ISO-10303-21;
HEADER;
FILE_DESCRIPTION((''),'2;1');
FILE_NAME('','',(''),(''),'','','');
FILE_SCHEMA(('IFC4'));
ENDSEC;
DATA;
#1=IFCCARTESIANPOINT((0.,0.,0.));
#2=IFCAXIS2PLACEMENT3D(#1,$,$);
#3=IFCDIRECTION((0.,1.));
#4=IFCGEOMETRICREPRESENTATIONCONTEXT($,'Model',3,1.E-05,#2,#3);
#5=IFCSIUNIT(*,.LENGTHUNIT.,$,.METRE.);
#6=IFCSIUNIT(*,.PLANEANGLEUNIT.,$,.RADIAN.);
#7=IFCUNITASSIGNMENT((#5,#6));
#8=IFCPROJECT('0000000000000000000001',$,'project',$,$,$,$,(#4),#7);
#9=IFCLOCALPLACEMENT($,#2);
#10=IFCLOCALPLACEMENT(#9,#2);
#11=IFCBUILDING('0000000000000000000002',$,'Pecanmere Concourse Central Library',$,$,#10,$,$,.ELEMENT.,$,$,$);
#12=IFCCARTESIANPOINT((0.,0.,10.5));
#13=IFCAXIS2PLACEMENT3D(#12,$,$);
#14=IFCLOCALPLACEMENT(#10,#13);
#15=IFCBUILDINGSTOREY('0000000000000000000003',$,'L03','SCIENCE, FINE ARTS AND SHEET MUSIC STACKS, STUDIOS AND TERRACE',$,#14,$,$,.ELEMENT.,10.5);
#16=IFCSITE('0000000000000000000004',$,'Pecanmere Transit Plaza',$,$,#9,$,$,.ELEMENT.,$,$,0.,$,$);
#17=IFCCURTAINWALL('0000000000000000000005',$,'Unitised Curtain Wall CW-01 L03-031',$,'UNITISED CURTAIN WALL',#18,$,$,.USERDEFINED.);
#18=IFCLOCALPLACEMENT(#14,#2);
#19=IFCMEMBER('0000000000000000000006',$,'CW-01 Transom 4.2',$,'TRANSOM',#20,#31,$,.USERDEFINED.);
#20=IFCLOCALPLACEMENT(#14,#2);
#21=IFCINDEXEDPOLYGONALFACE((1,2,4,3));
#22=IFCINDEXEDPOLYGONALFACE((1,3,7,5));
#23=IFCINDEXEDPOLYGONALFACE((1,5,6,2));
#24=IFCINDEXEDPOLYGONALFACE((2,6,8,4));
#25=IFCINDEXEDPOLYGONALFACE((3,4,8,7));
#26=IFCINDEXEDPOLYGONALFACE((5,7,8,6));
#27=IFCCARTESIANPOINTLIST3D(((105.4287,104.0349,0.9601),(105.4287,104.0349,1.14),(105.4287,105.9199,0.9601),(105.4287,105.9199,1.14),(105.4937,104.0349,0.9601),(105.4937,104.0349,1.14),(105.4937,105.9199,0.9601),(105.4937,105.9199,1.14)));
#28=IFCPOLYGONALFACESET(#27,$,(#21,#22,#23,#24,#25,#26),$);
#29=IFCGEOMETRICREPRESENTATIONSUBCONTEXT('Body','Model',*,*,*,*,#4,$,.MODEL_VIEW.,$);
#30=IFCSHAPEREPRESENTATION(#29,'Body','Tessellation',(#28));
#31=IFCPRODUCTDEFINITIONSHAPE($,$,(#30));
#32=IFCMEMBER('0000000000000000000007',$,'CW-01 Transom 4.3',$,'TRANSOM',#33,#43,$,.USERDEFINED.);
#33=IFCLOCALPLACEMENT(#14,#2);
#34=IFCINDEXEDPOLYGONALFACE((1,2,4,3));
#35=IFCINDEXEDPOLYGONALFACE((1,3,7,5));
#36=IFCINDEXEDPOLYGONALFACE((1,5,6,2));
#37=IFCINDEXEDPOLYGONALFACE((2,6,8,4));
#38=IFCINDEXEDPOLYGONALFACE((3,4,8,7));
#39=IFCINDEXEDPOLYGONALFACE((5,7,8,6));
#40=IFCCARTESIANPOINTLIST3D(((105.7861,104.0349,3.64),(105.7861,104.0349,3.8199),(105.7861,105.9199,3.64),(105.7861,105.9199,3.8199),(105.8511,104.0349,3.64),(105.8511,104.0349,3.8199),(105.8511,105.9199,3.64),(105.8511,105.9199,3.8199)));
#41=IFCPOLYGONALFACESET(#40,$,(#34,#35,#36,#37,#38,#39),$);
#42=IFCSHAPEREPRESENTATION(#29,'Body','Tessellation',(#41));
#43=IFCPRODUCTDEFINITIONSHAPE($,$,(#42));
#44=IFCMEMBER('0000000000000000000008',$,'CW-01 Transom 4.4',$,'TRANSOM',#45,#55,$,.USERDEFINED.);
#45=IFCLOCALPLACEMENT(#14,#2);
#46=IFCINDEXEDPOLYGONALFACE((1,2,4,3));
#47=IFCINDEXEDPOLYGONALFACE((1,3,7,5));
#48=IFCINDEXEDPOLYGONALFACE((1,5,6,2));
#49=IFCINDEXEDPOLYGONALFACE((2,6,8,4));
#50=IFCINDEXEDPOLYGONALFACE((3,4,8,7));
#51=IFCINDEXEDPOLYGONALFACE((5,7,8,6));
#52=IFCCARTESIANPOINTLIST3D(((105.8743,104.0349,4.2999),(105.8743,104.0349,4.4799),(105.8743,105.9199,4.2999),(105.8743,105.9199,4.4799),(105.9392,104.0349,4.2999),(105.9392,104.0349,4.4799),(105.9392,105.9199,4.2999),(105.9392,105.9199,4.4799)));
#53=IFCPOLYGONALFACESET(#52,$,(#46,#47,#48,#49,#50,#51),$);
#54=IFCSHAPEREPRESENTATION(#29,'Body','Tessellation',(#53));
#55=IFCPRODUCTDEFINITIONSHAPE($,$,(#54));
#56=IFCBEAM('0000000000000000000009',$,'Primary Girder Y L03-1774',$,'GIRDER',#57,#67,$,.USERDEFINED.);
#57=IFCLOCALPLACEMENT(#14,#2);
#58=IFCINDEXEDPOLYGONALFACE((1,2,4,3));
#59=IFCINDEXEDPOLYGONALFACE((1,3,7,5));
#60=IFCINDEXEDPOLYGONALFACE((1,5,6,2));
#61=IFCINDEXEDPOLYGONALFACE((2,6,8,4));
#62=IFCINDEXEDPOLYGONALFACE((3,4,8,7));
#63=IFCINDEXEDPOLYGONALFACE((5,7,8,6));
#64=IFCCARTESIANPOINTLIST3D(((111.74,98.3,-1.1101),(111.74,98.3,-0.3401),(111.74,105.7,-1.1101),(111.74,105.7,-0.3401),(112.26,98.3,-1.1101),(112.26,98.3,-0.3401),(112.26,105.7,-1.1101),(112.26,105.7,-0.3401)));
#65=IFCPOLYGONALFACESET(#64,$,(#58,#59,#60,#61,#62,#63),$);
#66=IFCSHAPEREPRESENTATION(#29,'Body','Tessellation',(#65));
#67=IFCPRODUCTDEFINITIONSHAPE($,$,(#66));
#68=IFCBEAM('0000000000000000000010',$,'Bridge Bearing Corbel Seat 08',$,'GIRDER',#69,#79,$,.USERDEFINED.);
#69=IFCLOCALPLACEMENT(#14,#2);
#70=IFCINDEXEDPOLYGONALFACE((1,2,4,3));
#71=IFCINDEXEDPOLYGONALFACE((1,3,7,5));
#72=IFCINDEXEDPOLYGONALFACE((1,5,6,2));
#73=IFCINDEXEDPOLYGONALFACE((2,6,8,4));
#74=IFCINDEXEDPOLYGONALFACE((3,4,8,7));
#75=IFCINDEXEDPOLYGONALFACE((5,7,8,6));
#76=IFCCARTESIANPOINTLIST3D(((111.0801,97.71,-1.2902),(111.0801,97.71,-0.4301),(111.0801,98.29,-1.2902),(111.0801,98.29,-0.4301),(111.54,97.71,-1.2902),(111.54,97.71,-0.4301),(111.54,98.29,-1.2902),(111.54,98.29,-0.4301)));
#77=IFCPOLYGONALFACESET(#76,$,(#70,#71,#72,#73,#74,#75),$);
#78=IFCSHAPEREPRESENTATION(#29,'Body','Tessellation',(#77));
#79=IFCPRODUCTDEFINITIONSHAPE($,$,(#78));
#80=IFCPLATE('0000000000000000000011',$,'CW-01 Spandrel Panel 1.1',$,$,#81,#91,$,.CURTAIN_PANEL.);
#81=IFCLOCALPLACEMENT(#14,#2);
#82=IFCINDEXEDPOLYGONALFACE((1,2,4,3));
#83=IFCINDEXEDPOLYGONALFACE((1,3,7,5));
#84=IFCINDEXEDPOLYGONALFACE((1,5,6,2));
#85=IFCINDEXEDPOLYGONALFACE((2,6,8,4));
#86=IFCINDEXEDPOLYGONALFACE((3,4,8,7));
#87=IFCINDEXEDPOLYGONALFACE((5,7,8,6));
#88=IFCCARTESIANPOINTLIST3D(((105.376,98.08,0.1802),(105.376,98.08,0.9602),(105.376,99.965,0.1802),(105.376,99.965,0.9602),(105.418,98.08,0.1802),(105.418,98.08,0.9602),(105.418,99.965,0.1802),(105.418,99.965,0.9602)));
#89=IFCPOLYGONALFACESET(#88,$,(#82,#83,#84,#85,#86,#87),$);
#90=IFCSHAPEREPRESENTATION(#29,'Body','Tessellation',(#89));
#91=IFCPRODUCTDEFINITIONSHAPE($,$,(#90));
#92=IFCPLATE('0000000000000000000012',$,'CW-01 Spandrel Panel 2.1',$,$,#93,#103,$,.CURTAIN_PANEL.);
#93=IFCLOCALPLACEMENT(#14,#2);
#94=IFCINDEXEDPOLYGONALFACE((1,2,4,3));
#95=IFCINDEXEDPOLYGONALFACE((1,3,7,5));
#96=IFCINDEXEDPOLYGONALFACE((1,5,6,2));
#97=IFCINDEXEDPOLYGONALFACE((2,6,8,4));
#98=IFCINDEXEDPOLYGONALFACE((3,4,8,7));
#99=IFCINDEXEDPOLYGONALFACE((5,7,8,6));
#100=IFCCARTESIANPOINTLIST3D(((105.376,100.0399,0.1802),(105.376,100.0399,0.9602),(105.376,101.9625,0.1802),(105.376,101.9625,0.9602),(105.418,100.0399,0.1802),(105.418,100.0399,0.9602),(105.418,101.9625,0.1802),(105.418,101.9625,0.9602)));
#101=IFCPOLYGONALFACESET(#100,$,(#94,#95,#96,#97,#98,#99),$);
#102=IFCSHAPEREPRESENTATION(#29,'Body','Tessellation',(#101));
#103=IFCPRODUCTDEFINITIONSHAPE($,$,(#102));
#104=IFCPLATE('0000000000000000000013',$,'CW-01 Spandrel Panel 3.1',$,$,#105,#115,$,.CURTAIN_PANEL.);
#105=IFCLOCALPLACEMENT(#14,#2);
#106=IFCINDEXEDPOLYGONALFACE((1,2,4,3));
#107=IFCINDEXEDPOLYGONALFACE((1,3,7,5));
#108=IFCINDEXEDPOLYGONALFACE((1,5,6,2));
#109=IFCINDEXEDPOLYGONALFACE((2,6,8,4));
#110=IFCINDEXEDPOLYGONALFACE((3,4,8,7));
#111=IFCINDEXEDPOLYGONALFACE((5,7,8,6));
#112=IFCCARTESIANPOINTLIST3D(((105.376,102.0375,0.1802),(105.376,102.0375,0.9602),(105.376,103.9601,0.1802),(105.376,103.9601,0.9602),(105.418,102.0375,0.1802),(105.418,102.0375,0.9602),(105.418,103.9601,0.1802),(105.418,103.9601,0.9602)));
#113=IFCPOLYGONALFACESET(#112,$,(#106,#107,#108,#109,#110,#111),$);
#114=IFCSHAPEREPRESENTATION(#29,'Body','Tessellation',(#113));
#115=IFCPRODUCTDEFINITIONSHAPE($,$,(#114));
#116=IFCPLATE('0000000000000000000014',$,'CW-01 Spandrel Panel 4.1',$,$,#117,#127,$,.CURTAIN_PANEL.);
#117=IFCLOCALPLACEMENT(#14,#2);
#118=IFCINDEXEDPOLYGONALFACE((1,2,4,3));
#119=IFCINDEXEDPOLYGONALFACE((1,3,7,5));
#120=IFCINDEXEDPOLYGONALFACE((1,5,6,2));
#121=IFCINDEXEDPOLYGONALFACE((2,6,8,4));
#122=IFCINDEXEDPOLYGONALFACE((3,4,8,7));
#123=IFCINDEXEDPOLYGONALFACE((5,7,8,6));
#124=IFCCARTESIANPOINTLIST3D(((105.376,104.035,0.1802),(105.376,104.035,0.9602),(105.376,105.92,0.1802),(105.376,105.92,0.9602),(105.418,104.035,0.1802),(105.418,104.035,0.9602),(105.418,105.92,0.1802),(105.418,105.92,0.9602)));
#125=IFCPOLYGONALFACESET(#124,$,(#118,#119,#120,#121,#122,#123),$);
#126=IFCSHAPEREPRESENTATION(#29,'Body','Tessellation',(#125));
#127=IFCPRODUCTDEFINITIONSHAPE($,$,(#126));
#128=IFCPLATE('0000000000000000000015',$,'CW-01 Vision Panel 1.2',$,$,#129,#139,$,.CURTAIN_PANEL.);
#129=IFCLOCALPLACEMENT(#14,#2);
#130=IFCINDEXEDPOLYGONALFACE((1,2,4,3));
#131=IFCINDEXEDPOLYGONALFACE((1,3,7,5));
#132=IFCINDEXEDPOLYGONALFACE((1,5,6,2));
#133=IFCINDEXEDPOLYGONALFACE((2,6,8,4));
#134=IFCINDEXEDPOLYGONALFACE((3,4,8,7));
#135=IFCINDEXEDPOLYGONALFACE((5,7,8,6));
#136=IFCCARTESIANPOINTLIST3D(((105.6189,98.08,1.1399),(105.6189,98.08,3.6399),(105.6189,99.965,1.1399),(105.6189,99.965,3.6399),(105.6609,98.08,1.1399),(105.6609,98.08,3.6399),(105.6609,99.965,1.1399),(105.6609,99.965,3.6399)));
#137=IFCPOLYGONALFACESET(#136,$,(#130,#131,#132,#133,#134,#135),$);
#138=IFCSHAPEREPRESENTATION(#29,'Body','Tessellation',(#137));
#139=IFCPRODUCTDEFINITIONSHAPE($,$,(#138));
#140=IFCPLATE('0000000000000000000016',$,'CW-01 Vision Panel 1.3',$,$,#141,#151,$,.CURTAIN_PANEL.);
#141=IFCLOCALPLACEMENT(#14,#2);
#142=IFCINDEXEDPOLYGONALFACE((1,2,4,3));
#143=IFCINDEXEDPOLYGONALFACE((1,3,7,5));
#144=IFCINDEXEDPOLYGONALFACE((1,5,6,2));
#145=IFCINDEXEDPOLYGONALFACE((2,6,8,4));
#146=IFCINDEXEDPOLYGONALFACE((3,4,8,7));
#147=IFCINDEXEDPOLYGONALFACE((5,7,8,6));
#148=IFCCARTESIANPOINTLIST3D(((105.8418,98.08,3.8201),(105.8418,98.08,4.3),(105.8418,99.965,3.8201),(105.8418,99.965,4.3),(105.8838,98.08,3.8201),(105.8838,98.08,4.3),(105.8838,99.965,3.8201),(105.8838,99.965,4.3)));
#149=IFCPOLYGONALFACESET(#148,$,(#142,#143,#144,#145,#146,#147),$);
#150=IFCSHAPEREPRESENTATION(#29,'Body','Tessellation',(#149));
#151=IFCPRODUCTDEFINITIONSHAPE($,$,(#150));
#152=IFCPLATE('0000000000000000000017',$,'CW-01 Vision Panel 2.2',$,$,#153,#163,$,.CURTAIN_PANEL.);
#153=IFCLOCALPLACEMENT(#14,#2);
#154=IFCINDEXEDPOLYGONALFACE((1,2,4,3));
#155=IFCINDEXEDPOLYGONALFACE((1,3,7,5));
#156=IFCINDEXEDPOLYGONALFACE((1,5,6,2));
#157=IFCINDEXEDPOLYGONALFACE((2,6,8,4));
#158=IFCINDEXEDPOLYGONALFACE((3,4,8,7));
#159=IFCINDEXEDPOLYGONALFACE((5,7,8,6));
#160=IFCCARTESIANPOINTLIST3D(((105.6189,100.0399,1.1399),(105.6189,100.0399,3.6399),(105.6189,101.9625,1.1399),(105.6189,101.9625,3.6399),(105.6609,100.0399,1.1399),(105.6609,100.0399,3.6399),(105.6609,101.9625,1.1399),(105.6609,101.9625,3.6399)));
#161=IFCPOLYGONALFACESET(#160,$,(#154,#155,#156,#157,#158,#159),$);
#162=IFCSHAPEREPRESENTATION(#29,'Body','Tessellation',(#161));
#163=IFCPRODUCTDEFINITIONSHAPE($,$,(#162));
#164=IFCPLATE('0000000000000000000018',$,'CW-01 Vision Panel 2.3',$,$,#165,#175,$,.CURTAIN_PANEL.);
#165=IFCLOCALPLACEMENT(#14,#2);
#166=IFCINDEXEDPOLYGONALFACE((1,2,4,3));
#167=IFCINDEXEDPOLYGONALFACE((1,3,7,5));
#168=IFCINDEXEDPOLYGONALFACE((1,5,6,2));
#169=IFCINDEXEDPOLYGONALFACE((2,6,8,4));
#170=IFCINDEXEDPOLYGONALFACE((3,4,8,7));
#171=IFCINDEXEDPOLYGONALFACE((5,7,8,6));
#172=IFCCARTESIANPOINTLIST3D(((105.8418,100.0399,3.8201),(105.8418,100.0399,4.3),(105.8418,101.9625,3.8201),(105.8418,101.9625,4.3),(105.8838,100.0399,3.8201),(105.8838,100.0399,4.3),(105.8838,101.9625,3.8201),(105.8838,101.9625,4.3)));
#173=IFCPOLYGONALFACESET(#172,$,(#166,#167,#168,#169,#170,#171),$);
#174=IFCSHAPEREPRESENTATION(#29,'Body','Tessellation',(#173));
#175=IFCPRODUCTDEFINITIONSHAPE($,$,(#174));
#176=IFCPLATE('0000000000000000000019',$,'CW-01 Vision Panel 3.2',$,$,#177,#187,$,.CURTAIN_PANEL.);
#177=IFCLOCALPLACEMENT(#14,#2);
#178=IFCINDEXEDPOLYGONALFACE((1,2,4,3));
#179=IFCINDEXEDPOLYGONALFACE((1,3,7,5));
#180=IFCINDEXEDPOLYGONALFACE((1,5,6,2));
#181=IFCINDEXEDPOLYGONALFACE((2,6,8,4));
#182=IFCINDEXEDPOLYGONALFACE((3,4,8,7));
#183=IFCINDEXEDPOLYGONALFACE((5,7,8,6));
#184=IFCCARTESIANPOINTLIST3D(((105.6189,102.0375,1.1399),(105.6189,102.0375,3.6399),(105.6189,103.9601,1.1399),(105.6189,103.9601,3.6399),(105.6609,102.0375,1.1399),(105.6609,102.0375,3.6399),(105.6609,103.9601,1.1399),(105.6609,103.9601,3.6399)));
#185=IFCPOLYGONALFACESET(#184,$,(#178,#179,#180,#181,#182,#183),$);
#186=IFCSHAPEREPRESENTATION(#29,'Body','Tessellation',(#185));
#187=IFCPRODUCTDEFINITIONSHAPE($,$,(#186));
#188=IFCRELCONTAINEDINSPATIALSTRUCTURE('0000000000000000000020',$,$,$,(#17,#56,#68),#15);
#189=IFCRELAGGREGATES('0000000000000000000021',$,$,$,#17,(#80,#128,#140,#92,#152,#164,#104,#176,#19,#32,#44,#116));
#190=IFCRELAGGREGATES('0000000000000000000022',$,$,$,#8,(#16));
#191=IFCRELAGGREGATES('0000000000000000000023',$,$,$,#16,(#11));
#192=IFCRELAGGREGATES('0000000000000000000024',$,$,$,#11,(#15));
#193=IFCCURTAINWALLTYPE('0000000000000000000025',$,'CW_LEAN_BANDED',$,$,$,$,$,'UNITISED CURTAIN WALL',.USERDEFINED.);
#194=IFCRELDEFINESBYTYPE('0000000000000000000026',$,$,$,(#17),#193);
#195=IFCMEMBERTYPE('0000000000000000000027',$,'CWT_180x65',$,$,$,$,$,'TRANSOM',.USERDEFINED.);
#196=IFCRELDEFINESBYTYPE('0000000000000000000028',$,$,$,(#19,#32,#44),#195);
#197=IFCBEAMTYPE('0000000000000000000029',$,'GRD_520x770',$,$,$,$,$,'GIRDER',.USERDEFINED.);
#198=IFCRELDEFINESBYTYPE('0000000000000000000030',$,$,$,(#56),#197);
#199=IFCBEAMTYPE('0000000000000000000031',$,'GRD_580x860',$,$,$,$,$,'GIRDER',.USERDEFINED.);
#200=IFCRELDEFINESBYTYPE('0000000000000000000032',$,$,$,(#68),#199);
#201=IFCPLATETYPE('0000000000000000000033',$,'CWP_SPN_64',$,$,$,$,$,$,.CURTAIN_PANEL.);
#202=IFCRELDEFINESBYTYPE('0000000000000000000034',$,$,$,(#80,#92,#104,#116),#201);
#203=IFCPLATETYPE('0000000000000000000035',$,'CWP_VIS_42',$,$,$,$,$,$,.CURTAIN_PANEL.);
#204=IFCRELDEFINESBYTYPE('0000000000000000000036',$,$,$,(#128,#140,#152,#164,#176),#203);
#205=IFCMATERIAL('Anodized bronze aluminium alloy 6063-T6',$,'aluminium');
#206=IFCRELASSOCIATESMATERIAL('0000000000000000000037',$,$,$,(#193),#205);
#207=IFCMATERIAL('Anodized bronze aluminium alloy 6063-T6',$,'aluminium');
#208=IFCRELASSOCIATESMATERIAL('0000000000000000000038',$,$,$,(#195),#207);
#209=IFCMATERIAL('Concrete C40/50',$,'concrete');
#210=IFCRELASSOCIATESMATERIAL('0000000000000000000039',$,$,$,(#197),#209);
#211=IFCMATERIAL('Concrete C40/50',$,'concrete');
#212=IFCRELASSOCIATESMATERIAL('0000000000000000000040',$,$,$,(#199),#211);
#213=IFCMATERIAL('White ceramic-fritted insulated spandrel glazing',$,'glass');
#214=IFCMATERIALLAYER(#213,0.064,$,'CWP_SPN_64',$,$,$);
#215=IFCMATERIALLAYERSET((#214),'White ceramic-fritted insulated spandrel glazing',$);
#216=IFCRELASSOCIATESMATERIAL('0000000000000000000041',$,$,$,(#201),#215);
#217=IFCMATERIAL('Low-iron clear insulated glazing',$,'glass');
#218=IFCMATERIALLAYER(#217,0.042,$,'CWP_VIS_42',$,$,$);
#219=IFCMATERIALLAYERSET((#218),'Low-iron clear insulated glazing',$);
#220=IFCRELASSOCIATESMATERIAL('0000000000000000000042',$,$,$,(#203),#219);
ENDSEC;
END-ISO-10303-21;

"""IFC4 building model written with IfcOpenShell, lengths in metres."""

from ifc_helpers import new_model, si_unit, direction, frame, origin, origin_2d, place, context, subcontext, project, spatial, rectangle, extrude, material, layer, layer_set, material_profile, profile_set, type_object, element, aggregate, save


model = new_model("IFC4")

# Units and contexts
model_context = context("Model", 3, precision=1e-05, world=origin(), true_north=direction((0.0, 1.0)))
body_context = subcontext(model_context, "Body", "Model", "MODEL_VIEW")
ifc_project = project(units=[si_unit("LENGTHUNIT", "METRE"), si_unit("PLANEANGLEUNIT", "RADIAN")], contexts=[model_context])

# Site, building, storey
site_placement = place(None, origin())
site = spatial("IfcSite", under=ifc_project, at=site_placement, Name="Pecanmere Transit Plaza", CompositionType="ELEMENT", RefElevation=0.0)
building_placement = place(site_placement, origin())
building = spatial("IfcBuilding", under=site, at=building_placement, Name="Pecanmere Concourse Central Library", CompositionType="ELEMENT")
storey_placement = place(building_placement, frame((0.0, 0.0, 10.5)))
storey = spatial("IfcBuildingStorey", under=building, at=storey_placement, Name="L03", Description="SCIENCE, FINE ARTS AND SHEET MUSIC STACKS, STUDIOS AND TERRACE", CompositionType="ELEMENT", Elevation=10.5)

# Curtain wall, members
ifc_material_1 = material(Name="Anodized bronze aluminium alloy 6063-T6", Category="aluminium")
curtain_wall_type = type_object("IfcCurtainWallType", Name="CW_LEAN_BANDED", ElementType="UNITISED CURTAIN WALL", PredefinedType="USERDEFINED", material=ifc_material_1)
curtain_wall_placement = place(storey_placement, origin())
curtain_wall = element("IfcCurtainWall", 1, at=curtain_wall_placement, inside=storey, type_object=curtain_wall_type, Name="Unitised Curtain Wall CW-01 L03-031", ObjectType="UNITISED CURTAIN WALL", PredefinedType="USERDEFINED")
ifc_material_2 = material(Name="Anodized bronze aluminium alloy 6063-T6", Category="aluminium")
ifc_material_profile_1 = material_profile(ifc_material_2, rectangle(XDim=0.0649, YDim=0.1799, at=origin_2d()), Name="AL 65x180")
ifc_profile_set_1 = profile_set([ifc_material_profile_1], Name="Anodized bronze aluminium alloy 6063-T6")
member_type = type_object("IfcMemberType", Name="CWT_180x65", ElementType="TRANSOM", PredefinedType="USERDEFINED", material=ifc_profile_set_1)
member_1_placement = place(storey_placement, frame((105.4612, 104.0349, 1.05), z_axis=(0.0, 1.0, 0.0), x_axis=(-1.0, 0.0, 0.0)))
member_1 = element("IfcMember", 2, at=member_1_placement, type_object=member_type, Name="CW-01 Transom 4.2", ObjectType="TRANSOM", PredefinedType="USERDEFINED", context=body_context, shape_type="SweptSolid", body=[
    extrude(rectangle(XDim=0.0649, YDim=0.1799, at=origin_2d()), origin(), (0.0, 0.0, 1.0), 1.885),
])
member_2_placement = place(storey_placement, frame((105.8186, 104.0349, 3.73), z_axis=(0.0, 1.0, 0.0), x_axis=(-1.0, 0.0, 0.0)))
member_2 = element("IfcMember", 3, at=member_2_placement, type_object=member_type, Name="CW-01 Transom 4.3", ObjectType="TRANSOM", PredefinedType="USERDEFINED", context=body_context, shape_type="SweptSolid", body=[
    extrude(rectangle(XDim=0.0649, YDim=0.1799, at=origin_2d()), origin(), (0.0, 0.0, 1.0), 1.885),
])
member_3_placement = place(storey_placement, frame((105.9067, 104.0349, 4.3899), z_axis=(0.0, 1.0, 0.0), x_axis=(-1.0, 0.0, 0.0)))
member_3 = element("IfcMember", 4, at=member_3_placement, type_object=member_type, Name="CW-01 Transom 4.4", ObjectType="TRANSOM", PredefinedType="USERDEFINED", context=body_context, shape_type="SweptSolid", body=[
    extrude(rectangle(XDim=0.0649, YDim=0.1799, at=origin_2d()), origin(), (0.0, 0.0, 1.0), 1.885),
])

# Beams
ifc_material_3 = material(Name="Concrete C40/50", Category="concrete")
ifc_material_profile_2 = material_profile(ifc_material_3, rectangle(XDim=0.52, YDim=0.77, at=origin_2d()), Name="RC 520x770")
ifc_profile_set_2 = profile_set([ifc_material_profile_2], Name="Concrete C40/50")
beam_type_1 = type_object("IfcBeamType", Name="GRD_520x770", ElementType="GIRDER", PredefinedType="USERDEFINED", material=ifc_profile_set_2)
beam_1_placement = place(storey_placement, frame((112.0, 98.3, -0.7251), z_axis=(0.0, 1.0, 0.0), x_axis=(-1.0, 0.0, 0.0)))
element("IfcBeam", 5, at=beam_1_placement, inside=storey, type_object=beam_type_1, Name="Primary Girder Y L03-1774", ObjectType="GIRDER", PredefinedType="USERDEFINED", context=body_context, shape_type="SweptSolid", body=[
    extrude(rectangle(XDim=0.52, YDim=0.77, at=origin_2d()), origin(), (0.0, 0.0, 1.0), 7.3999),
])
ifc_material_4 = material(Name="Concrete C40/50", Category="concrete")
ifc_material_profile_3 = material_profile(ifc_material_4, rectangle(XDim=0.5801, YDim=0.8601, at=origin_2d()), Name="RC 580x860")
ifc_profile_set_3 = profile_set([ifc_material_profile_3], Name="Concrete C40/50")
beam_type_2 = type_object("IfcBeamType", Name="GRD_580x860", ElementType="GIRDER", PredefinedType="USERDEFINED", material=ifc_profile_set_3)
beam_2_placement = place(storey_placement, frame((111.54, 98.0, -0.8601), z_axis=(-1.0, 0.0, 0.0), x_axis=(0.0, -1.0, 0.0)))
element("IfcBeam", 6, at=beam_2_placement, inside=storey, type_object=beam_type_2, Name="Bridge Bearing Corbel Seat 08", ObjectType="GIRDER", PredefinedType="USERDEFINED", context=body_context, shape_type="SweptSolid", body=[
    extrude(rectangle(XDim=0.5801, YDim=0.8601, at=origin_2d()), origin(), (0.0, 0.0, 1.0), 0.46),
])

# Plates
ifc_material_5 = material(Name="White ceramic-fritted insulated spandrel glazing", Category="glass")
ifc_layer_1 = layer(ifc_material_5, 0.064, Name="CWP_SPN_64")
ifc_layer_set_1 = layer_set([ifc_layer_1], Name="White ceramic-fritted insulated spandrel glazing")
plate_type_1 = type_object("IfcPlateType", Name="CWP_SPN_64", PredefinedType="CURTAIN_PANEL", material=ifc_layer_set_1)
plate_1_placement = place(storey_placement, frame((105.397, 99.0225, 0.1802), z_axis=(0.0, 0.0, 1.0), x_axis=(0.0, 1.0, 0.0)))
plate_1 = element("IfcPlate", 7, at=plate_1_placement, type_object=plate_type_1, Name="CW-01 Spandrel Panel 1.1", PredefinedType="CURTAIN_PANEL", context=body_context, shape_type="SweptSolid", body=[
    extrude(rectangle(XDim=1.885, YDim=0.042, at=origin_2d()), origin(), (0.0, 0.0, 1.0), 0.78),
])
plate_2_placement = place(storey_placement, frame((105.397, 101.0012, 0.1802), z_axis=(0.0, 0.0, 1.0), x_axis=(0.0, 1.0, 0.0)))
plate_2 = element("IfcPlate", 8, at=plate_2_placement, type_object=plate_type_1, Name="CW-01 Spandrel Panel 2.1", PredefinedType="CURTAIN_PANEL", context=body_context, shape_type="SweptSolid", body=[
    extrude(rectangle(XDim=1.9226, YDim=0.042, at=origin_2d()), origin(), (0.0, 0.0, 1.0), 0.78),
])
plate_3_placement = place(storey_placement, frame((105.397, 102.9988, 0.1802), z_axis=(0.0, 0.0, 1.0), x_axis=(0.0, 1.0, 0.0)))
plate_3 = element("IfcPlate", 9, at=plate_3_placement, type_object=plate_type_1, Name="CW-01 Spandrel Panel 3.1", PredefinedType="CURTAIN_PANEL", context=body_context, shape_type="SweptSolid", body=[
    extrude(rectangle(XDim=1.9226, YDim=0.042, at=origin_2d()), origin(), (0.0, 0.0, 1.0), 0.78),
])
plate_4_placement = place(storey_placement, frame((105.397, 104.9775, 0.1802), z_axis=(0.0, 0.0, 1.0), x_axis=(0.0, 1.0, 0.0)))
plate_4 = element("IfcPlate", 10, at=plate_4_placement, type_object=plate_type_1, Name="CW-01 Spandrel Panel 4.1", PredefinedType="CURTAIN_PANEL", context=body_context, shape_type="SweptSolid", body=[
    extrude(rectangle(XDim=1.885, YDim=0.042, at=origin_2d()), origin(), (0.0, 0.0, 1.0), 0.78),
])
ifc_material_6 = material(Name="Low-iron clear insulated glazing", Category="glass")
ifc_layer_2 = layer(ifc_material_6, 0.042, Name="CWP_VIS_42")
ifc_layer_set_2 = layer_set([ifc_layer_2], Name="Low-iron clear insulated glazing")
plate_type_2 = type_object("IfcPlateType", Name="CWP_VIS_42", PredefinedType="CURTAIN_PANEL", material=ifc_layer_set_2)
plate_5_placement = place(storey_placement, frame((105.6399, 99.0225, 1.1399), z_axis=(0.0, 0.0, 1.0), x_axis=(0.0, 1.0, 0.0)))
plate_5 = element("IfcPlate", 11, at=plate_5_placement, type_object=plate_type_2, Name="CW-01 Vision Panel 1.2", PredefinedType="CURTAIN_PANEL", context=body_context, shape_type="SweptSolid", body=[
    extrude(rectangle(XDim=1.885, YDim=0.042, at=origin_2d()), origin(), (0.0, 0.0, 1.0), 2.5),
])
plate_6_placement = place(storey_placement, frame((105.8628, 99.0225, 3.8201), z_axis=(0.0, 0.0, 1.0), x_axis=(0.0, 1.0, 0.0)))
plate_6 = element("IfcPlate", 12, at=plate_6_placement, type_object=plate_type_2, Name="CW-01 Vision Panel 1.3", PredefinedType="CURTAIN_PANEL", context=body_context, shape_type="SweptSolid", body=[
    extrude(rectangle(XDim=1.885, YDim=0.042, at=origin_2d()), origin(), (0.0, 0.0, 1.0), 0.48),
])
plate_7_placement = place(storey_placement, frame((105.6399, 101.0012, 1.1399), z_axis=(0.0, 0.0, 1.0), x_axis=(0.0, 1.0, 0.0)))
plate_7 = element("IfcPlate", 13, at=plate_7_placement, type_object=plate_type_2, Name="CW-01 Vision Panel 2.2", PredefinedType="CURTAIN_PANEL", context=body_context, shape_type="SweptSolid", body=[
    extrude(rectangle(XDim=1.9226, YDim=0.042, at=origin_2d()), origin(), (0.0, 0.0, 1.0), 2.5),
])
plate_8_placement = place(storey_placement, frame((105.8628, 101.0012, 3.8201), z_axis=(0.0, 0.0, 1.0), x_axis=(0.0, 1.0, 0.0)))
plate_8 = element("IfcPlate", 14, at=plate_8_placement, type_object=plate_type_2, Name="CW-01 Vision Panel 2.3", PredefinedType="CURTAIN_PANEL", context=body_context, shape_type="SweptSolid", body=[
    extrude(rectangle(XDim=1.9226, YDim=0.042, at=origin_2d()), origin(), (0.0, 0.0, 1.0), 0.48),
])
plate_9_placement = place(storey_placement, frame((105.6399, 102.9988, 1.1399), z_axis=(0.0, 0.0, 1.0), x_axis=(0.0, 1.0, 0.0)))
plate_9 = element("IfcPlate", 15, at=plate_9_placement, type_object=plate_type_2, Name="CW-01 Vision Panel 3.2", PredefinedType="CURTAIN_PANEL", context=body_context, shape_type="SweptSolid", body=[
    extrude(rectangle(XDim=1.9226, YDim=0.042, at=origin_2d()), origin(), (0.0, 0.0, 1.0), 2.5),
])
aggregate(curtain_wall, [plate_1, plate_5, plate_6, plate_2, plate_7, plate_8, plate_3, plate_9, member_1, member_2, member_3, plate_4])

save(model, "model.ifc")
